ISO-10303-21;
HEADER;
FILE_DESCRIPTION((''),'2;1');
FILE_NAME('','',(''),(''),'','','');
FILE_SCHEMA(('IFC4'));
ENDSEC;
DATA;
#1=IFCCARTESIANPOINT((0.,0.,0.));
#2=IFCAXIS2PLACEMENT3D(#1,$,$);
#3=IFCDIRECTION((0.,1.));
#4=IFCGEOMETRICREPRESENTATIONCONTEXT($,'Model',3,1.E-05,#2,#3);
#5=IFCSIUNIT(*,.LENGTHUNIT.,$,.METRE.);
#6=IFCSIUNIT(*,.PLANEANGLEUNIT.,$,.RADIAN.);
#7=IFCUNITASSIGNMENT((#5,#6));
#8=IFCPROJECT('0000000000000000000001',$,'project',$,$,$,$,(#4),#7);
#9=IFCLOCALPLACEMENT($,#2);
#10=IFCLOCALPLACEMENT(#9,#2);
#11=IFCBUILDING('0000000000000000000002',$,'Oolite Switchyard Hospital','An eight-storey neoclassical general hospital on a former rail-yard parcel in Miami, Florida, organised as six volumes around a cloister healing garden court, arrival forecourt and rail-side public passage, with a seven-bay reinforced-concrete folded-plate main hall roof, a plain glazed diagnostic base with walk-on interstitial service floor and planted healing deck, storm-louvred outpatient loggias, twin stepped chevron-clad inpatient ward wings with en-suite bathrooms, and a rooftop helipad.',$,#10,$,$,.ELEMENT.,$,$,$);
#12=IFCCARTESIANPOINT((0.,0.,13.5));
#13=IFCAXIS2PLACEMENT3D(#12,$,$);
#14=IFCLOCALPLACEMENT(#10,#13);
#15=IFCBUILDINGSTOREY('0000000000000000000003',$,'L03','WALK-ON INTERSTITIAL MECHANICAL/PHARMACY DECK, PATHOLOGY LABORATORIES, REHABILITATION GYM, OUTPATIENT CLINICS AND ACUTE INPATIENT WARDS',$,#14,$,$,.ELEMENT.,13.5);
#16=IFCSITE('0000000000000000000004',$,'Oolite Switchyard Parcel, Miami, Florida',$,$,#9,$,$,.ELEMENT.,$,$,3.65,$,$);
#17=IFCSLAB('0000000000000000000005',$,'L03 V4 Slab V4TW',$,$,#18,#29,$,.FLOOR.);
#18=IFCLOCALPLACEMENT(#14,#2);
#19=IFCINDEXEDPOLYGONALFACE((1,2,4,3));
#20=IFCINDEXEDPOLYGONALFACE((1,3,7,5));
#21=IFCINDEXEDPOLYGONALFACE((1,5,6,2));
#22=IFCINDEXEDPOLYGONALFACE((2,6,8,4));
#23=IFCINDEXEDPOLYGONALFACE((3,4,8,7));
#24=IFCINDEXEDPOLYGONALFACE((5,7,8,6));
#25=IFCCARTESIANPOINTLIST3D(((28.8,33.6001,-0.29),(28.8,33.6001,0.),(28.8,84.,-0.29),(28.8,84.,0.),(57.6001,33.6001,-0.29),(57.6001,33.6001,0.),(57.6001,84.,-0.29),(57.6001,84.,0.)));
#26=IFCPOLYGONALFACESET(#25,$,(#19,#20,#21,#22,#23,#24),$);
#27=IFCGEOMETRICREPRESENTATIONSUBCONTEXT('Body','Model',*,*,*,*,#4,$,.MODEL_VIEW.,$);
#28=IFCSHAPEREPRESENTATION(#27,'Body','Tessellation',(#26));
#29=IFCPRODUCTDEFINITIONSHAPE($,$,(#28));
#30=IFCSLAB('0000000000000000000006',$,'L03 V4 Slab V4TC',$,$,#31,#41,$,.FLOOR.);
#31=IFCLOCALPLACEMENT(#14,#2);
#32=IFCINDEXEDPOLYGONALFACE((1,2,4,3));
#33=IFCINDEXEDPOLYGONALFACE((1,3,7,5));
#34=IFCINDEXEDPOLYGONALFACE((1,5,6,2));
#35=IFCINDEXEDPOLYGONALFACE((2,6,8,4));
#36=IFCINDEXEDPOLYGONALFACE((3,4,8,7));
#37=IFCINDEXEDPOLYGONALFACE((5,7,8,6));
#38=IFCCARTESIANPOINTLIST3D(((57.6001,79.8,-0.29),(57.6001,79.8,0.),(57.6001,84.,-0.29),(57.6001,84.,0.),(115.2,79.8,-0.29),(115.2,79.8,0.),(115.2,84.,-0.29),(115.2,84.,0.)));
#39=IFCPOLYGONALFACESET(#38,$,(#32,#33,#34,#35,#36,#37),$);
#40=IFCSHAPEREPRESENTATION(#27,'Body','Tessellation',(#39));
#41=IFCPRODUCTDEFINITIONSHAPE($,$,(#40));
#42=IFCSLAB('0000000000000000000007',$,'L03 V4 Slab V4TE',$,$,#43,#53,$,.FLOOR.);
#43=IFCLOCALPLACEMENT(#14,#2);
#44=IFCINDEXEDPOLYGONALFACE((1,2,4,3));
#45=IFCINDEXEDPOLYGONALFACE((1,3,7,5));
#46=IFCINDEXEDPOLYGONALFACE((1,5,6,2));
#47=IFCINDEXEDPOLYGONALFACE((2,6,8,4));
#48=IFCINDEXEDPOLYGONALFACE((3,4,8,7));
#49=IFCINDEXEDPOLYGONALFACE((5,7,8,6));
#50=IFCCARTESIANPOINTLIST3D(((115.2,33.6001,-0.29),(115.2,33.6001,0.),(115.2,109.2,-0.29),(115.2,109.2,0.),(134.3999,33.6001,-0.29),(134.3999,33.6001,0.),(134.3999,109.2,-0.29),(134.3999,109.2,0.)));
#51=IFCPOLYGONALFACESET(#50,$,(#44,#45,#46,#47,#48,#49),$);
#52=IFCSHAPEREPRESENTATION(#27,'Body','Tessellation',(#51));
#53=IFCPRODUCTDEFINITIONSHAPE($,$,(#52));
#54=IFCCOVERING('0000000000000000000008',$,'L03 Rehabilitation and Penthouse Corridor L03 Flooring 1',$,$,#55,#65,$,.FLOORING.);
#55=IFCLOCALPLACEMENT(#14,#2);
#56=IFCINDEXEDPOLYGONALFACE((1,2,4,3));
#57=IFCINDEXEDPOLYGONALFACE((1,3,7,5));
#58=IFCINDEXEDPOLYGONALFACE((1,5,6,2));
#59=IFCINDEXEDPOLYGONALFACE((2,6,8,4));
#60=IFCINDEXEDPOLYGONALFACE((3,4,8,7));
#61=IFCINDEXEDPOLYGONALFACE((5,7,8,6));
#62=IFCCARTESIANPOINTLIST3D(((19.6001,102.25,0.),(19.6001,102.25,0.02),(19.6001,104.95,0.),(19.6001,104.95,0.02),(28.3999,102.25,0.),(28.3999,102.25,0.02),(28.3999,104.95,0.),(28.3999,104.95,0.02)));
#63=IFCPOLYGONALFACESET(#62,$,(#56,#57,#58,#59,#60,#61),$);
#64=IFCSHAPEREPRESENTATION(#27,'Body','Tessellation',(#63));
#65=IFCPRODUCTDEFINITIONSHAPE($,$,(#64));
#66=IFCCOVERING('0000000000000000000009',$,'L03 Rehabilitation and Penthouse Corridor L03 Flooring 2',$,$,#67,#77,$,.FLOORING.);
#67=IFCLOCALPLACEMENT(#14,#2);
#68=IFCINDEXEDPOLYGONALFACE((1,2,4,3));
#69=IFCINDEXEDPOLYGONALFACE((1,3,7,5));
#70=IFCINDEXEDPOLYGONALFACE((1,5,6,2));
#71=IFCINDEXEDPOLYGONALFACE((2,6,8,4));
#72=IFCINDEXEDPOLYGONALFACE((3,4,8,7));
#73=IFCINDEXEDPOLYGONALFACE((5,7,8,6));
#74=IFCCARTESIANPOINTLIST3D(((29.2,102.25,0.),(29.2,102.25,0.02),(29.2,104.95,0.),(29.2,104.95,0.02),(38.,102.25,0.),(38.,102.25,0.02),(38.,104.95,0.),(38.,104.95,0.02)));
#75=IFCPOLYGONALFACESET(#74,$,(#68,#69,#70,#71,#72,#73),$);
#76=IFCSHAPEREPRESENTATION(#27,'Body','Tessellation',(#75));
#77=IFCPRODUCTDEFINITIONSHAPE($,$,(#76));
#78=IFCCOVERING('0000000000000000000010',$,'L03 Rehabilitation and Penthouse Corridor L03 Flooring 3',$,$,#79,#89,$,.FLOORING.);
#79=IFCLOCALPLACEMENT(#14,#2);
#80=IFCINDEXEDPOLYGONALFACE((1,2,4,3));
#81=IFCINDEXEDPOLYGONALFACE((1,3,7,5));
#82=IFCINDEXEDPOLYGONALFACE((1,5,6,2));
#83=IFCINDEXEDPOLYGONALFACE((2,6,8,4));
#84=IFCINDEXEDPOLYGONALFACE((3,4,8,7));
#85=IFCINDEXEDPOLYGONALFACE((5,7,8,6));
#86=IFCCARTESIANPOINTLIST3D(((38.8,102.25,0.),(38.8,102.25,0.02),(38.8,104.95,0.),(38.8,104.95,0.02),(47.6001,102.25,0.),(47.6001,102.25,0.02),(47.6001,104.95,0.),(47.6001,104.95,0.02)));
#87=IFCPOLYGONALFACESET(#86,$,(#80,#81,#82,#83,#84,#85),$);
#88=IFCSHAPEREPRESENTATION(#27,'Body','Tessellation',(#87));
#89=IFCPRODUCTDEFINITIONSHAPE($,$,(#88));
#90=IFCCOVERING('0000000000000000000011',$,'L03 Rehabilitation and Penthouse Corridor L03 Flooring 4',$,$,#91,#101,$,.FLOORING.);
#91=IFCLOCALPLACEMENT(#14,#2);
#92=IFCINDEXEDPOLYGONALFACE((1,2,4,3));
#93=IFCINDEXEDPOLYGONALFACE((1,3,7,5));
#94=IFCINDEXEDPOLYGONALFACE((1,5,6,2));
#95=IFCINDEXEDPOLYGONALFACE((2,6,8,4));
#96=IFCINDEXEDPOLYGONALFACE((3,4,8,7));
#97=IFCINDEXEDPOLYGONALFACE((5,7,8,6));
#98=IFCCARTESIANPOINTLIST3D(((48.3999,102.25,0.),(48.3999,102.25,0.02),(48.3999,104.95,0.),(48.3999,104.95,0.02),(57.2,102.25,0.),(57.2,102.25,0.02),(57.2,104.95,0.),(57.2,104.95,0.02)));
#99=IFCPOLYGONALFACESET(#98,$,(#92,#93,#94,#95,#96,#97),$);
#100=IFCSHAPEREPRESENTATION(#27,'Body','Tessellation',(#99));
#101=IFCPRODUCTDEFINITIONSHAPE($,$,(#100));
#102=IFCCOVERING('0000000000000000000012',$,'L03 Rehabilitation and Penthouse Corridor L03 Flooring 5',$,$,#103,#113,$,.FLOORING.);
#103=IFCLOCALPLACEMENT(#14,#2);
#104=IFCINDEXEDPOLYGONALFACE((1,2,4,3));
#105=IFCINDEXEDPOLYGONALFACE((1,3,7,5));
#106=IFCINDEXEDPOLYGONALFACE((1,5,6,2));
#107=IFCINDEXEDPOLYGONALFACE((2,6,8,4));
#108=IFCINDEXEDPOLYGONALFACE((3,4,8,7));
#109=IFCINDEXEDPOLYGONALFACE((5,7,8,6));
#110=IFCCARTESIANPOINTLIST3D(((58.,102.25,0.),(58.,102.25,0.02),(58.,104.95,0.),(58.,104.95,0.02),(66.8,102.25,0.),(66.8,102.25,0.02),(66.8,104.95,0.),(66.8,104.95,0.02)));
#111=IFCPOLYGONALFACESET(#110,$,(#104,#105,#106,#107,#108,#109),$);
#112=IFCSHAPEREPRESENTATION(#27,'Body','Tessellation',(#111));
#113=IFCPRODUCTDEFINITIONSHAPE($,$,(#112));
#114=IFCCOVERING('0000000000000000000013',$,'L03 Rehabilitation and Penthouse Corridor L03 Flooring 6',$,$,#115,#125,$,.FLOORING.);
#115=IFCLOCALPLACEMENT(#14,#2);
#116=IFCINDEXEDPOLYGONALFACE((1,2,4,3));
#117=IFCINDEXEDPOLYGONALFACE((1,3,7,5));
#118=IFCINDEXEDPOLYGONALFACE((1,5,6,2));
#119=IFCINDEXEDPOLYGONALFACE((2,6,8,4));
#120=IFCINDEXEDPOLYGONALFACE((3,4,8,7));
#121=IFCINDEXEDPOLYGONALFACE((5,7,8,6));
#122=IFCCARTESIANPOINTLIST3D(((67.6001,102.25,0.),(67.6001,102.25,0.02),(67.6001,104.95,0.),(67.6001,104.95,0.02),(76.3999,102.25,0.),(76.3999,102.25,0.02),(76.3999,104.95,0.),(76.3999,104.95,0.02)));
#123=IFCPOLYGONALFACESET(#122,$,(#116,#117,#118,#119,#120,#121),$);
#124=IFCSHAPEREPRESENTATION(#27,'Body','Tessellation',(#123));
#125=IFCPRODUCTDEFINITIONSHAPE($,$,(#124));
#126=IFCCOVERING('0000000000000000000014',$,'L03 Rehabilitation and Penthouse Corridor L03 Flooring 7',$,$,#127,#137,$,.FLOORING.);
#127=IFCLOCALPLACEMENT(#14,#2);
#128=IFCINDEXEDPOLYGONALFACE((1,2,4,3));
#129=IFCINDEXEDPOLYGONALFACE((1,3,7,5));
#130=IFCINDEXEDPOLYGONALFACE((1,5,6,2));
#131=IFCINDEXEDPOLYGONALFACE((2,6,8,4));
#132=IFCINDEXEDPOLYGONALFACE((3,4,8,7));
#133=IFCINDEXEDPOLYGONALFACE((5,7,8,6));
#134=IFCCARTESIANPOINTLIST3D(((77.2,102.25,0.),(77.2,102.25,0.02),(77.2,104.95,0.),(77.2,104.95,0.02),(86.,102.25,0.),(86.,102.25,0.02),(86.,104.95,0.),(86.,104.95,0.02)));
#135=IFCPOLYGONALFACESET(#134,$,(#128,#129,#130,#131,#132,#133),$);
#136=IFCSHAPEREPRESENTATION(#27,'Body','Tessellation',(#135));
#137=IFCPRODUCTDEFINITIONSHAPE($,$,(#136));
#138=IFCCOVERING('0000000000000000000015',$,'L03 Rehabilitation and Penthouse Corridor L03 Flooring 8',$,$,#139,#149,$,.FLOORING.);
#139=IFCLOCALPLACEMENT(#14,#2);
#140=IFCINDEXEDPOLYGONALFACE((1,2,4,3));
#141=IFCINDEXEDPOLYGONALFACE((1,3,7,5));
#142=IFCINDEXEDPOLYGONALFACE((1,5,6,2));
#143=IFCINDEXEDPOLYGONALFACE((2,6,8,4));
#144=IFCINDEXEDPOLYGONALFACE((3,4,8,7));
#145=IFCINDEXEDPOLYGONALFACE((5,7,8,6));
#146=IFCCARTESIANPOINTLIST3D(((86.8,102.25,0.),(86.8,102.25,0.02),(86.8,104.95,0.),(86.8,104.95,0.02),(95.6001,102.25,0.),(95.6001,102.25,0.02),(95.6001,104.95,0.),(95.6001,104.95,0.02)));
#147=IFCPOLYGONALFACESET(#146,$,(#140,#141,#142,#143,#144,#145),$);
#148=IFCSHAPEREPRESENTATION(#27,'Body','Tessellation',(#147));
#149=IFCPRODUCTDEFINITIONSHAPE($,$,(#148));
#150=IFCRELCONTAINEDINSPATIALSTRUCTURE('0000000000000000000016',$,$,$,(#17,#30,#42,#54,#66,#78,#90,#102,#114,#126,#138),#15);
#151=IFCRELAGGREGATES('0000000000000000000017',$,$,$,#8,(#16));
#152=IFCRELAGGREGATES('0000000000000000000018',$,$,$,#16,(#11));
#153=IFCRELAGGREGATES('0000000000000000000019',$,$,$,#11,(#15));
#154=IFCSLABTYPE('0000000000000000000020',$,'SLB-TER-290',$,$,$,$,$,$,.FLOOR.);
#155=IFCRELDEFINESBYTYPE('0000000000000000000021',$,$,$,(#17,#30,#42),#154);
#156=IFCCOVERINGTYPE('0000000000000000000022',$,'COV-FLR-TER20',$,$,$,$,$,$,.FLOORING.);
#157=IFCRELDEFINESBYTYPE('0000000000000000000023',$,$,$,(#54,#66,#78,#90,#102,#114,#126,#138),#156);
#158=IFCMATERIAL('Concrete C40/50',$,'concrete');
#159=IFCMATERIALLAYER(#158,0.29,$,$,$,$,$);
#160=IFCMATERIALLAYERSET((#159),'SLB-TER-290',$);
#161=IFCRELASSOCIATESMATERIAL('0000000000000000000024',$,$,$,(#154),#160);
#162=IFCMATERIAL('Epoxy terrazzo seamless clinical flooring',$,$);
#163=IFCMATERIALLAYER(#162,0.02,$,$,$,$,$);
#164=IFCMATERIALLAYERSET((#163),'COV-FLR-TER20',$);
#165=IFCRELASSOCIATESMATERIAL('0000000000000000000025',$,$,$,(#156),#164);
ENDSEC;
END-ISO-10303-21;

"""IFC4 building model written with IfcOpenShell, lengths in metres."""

from ifc_helpers import new_model, si_unit, direction, frame, origin, place, context, subcontext, project, spatial, polyline, outline, extrude, material, layer, layer_set, type_object, element, save


model = new_model("IFC4")

# Units and contexts
model_context = context("Model", 3, precision=1e-05, world=origin(), true_north=direction((0.0, 1.0)))
body_context = subcontext(model_context, "Body", "Model", "MODEL_VIEW")
ifc_project = project(units=[si_unit("LENGTHUNIT", "METRE"), si_unit("PLANEANGLEUNIT", "RADIAN")], contexts=[model_context])

# Site, building, storey
site_placement = place(None, origin())
site = spatial("IfcSite", under=ifc_project, at=site_placement, Name="Oolite Switchyard Parcel, Miami, Florida", CompositionType="ELEMENT", RefElevation=3.65)
building_placement = place(site_placement, origin())
building = spatial("IfcBuilding", under=site, at=building_placement, Name="Oolite Switchyard Hospital", Description="An eight-storey neoclassical general hospital on a former rail-yard parcel in Miami, Florida, organised as six volumes around a cloister healing garden court, arrival forecourt and rail-side public passage, with a seven-bay reinforced-concrete folded-plate main hall roof, a plain glazed diagnostic base with walk-on interstitial service floor and planted healing deck, storm-louvred outpatient loggias, twin stepped chevron-clad inpatient ward wings with en-suite bathrooms, and a rooftop helipad.", CompositionType="ELEMENT")
storey_placement = place(building_placement, frame((0.0, 0.0, 13.5)))
storey = spatial("IfcBuildingStorey", under=building, at=storey_placement, Name="L03", Description="WALK-ON INTERSTITIAL MECHANICAL/PHARMACY DECK, PATHOLOGY LABORATORIES, REHABILITATION GYM, OUTPATIENT CLINICS AND ACUTE INPATIENT WARDS", CompositionType="ELEMENT", Elevation=13.5)

# Shared definitions
ifc_material_1 = material(Name="Concrete C40/50", Category="concrete")

# Slabs
ifc_layer_1 = layer(ifc_material_1, 0.29)
ifc_layer_set_1 = layer_set([ifc_layer_1], Name="SLB-TER-290")
slab_type_1 = type_object("IfcSlabType", Name="SLB-TER-290", PredefinedType="FLOOR", material=ifc_layer_set_1)
slab_1_placement = place(storey_placement, frame((0.0, 0.0, -0.29)))
element("IfcSlab", 1, at=slab_1_placement, inside=storey, type_object=slab_type_1, Name="L03 V4 Slab V4TW", PredefinedType="FLOOR", context=body_context, shape_type="SweptSolid", body=[
    extrude(outline(polyline([(28.8, 33.6001), (57.6001, 33.6001), (57.6001, 84.0), (28.8, 84.0), (28.8, 33.6001)])), origin(), (0.0, 0.0, 1.0), 0.29),
])
slab_2_placement = place(storey_placement, frame((0.0, 0.0, -0.29)))
element("IfcSlab", 2, at=slab_2_placement, inside=storey, type_object=slab_type_1, Name="L03 V4 Slab V4TC", PredefinedType="FLOOR", context=body_context, shape_type="SweptSolid", body=[
    extrude(outline(polyline([(57.6001, 79.8), (115.2, 79.8), (115.2, 84.0), (57.6001, 84.0), (57.6001, 79.8)])), origin(), (0.0, 0.0, 1.0), 0.29),
])
slab_3_placement = place(storey_placement, frame((0.0, 0.0, -0.29)))
element("IfcSlab", 3, at=slab_3_placement, inside=storey, type_object=slab_type_1, Name="L03 V4 Slab V4TE", PredefinedType="FLOOR", context=body_context, shape_type="SweptSolid", body=[
    extrude(outline(polyline([(115.2, 33.6001), (134.3999, 33.6001), (134.3999, 109.2), (115.2, 109.2), (115.2, 33.6001)])), origin(), (0.0, 0.0, 1.0), 0.29),
])

# Coverings
ifc_material_2 = material(Name="Epoxy terrazzo seamless clinical flooring")
ifc_layer_2 = layer(ifc_material_2, 0.02)
ifc_layer_set_2 = layer_set([ifc_layer_2], Name="COV-FLR-TER20")
covering_type = type_object("IfcCoveringType", Name="COV-FLR-TER20", PredefinedType="FLOORING", material=ifc_layer_set_2)
covering_1_placement = place(storey_placement, origin())
element("IfcCovering", 4, at=covering_1_placement, inside=storey, type_object=covering_type, Name="L03 Rehabilitation and Penthouse Corridor L03 Flooring 1", PredefinedType="FLOORING", context=body_context, shape_type="SweptSolid", body=[
    extrude(outline(polyline([(19.6001, 102.25), (28.3999, 102.25), (28.3999, 104.95), (19.6001, 104.95), (19.6001, 102.25)])), origin(), (0.0, 0.0, 1.0), 0.02),
])
covering_2_placement = place(storey_placement, origin())
element("IfcCovering", 5, at=covering_2_placement, inside=storey, type_object=covering_type, Name="L03 Rehabilitation and Penthouse Corridor L03 Flooring 2", PredefinedType="FLOORING", context=body_context, shape_type="SweptSolid", body=[
    extrude(outline(polyline([(29.2, 102.25), (38.0, 102.25), (38.0, 104.95), (29.2, 104.95), (29.2, 102.25)])), origin(), (0.0, 0.0, 1.0), 0.02),
])
covering_3_placement = place(storey_placement, origin())
element("IfcCovering", 6, at=covering_3_placement, inside=storey, type_object=covering_type, Name="L03 Rehabilitation and Penthouse Corridor L03 Flooring 3", PredefinedType="FLOORING", context=body_context, shape_type="SweptSolid", body=[
    extrude(outline(polyline([(38.8, 102.25), (47.6001, 102.25), (47.6001, 104.95), (38.8, 104.95), (38.8, 102.25)])), origin(), (0.0, 0.0, 1.0), 0.02),
])
covering_4_placement = place(storey_placement, origin())
element("IfcCovering", 7, at=covering_4_placement, inside=storey, type_object=covering_type, Name="L03 Rehabilitation and Penthouse Corridor L03 Flooring 4", PredefinedType="FLOORING", context=body_context, shape_type="SweptSolid", body=[
    extrude(outline(polyline([(48.3999, 102.25), (57.2, 102.25), (57.2, 104.95), (48.3999, 104.95), (48.3999, 102.25)])), origin(), (0.0, 0.0, 1.0), 0.02),
])
covering_5_placement = place(storey_placement, origin())
element("IfcCovering", 8, at=covering_5_placement, inside=storey, type_object=covering_type, Name="L03 Rehabilitation and Penthouse Corridor L03 Flooring 5", PredefinedType="FLOORING", context=body_context, shape_type="SweptSolid", body=[
    extrude(outline(polyline([(58.0, 102.25), (66.8, 102.25), (66.8, 104.95), (58.0, 104.95), (58.0, 102.25)])), origin(), (0.0, 0.0, 1.0), 0.02),
])
covering_6_placement = place(storey_placement, origin())
element("IfcCovering", 9, at=covering_6_placement, inside=storey, type_object=covering_type, Name="L03 Rehabilitation and Penthouse Corridor L03 Flooring 6", PredefinedType="FLOORING", context=body_context, shape_type="SweptSolid", body=[
    extrude(outline(polyline([(67.6001, 102.25), (76.3999, 102.25), (76.3999, 104.95), (67.6001, 104.95), (67.6001, 102.25)])), origin(), (0.0, 0.0, 1.0), 0.02),
])
covering_7_placement = place(storey_placement, origin())
element("IfcCovering", 10, at=covering_7_placement, inside=storey, type_object=covering_type, Name="L03 Rehabilitation and Penthouse Corridor L03 Flooring 7", PredefinedType="FLOORING", context=body_context, shape_type="SweptSolid", body=[
    extrude(outline(polyline([(77.2, 102.25), (86.0, 102.25), (86.0, 104.95), (77.2, 104.95), (77.2, 102.25)])), origin(), (0.0, 0.0, 1.0), 0.02),
])
covering_8_placement = place(storey_placement, origin())
element("IfcCovering", 11, at=covering_8_placement, inside=storey, type_object=covering_type, Name="L03 Rehabilitation and Penthouse Corridor L03 Flooring 8", PredefinedType="FLOORING", context=body_context, shape_type="SweptSolid", body=[
    extrude(outline(polyline([(86.8, 102.25), (95.6001, 102.25), (95.6001, 104.95), (86.8, 104.95), (86.8, 102.25)])), origin(), (0.0, 0.0, 1.0), 0.02),
])

save(model, "model.ifc")
